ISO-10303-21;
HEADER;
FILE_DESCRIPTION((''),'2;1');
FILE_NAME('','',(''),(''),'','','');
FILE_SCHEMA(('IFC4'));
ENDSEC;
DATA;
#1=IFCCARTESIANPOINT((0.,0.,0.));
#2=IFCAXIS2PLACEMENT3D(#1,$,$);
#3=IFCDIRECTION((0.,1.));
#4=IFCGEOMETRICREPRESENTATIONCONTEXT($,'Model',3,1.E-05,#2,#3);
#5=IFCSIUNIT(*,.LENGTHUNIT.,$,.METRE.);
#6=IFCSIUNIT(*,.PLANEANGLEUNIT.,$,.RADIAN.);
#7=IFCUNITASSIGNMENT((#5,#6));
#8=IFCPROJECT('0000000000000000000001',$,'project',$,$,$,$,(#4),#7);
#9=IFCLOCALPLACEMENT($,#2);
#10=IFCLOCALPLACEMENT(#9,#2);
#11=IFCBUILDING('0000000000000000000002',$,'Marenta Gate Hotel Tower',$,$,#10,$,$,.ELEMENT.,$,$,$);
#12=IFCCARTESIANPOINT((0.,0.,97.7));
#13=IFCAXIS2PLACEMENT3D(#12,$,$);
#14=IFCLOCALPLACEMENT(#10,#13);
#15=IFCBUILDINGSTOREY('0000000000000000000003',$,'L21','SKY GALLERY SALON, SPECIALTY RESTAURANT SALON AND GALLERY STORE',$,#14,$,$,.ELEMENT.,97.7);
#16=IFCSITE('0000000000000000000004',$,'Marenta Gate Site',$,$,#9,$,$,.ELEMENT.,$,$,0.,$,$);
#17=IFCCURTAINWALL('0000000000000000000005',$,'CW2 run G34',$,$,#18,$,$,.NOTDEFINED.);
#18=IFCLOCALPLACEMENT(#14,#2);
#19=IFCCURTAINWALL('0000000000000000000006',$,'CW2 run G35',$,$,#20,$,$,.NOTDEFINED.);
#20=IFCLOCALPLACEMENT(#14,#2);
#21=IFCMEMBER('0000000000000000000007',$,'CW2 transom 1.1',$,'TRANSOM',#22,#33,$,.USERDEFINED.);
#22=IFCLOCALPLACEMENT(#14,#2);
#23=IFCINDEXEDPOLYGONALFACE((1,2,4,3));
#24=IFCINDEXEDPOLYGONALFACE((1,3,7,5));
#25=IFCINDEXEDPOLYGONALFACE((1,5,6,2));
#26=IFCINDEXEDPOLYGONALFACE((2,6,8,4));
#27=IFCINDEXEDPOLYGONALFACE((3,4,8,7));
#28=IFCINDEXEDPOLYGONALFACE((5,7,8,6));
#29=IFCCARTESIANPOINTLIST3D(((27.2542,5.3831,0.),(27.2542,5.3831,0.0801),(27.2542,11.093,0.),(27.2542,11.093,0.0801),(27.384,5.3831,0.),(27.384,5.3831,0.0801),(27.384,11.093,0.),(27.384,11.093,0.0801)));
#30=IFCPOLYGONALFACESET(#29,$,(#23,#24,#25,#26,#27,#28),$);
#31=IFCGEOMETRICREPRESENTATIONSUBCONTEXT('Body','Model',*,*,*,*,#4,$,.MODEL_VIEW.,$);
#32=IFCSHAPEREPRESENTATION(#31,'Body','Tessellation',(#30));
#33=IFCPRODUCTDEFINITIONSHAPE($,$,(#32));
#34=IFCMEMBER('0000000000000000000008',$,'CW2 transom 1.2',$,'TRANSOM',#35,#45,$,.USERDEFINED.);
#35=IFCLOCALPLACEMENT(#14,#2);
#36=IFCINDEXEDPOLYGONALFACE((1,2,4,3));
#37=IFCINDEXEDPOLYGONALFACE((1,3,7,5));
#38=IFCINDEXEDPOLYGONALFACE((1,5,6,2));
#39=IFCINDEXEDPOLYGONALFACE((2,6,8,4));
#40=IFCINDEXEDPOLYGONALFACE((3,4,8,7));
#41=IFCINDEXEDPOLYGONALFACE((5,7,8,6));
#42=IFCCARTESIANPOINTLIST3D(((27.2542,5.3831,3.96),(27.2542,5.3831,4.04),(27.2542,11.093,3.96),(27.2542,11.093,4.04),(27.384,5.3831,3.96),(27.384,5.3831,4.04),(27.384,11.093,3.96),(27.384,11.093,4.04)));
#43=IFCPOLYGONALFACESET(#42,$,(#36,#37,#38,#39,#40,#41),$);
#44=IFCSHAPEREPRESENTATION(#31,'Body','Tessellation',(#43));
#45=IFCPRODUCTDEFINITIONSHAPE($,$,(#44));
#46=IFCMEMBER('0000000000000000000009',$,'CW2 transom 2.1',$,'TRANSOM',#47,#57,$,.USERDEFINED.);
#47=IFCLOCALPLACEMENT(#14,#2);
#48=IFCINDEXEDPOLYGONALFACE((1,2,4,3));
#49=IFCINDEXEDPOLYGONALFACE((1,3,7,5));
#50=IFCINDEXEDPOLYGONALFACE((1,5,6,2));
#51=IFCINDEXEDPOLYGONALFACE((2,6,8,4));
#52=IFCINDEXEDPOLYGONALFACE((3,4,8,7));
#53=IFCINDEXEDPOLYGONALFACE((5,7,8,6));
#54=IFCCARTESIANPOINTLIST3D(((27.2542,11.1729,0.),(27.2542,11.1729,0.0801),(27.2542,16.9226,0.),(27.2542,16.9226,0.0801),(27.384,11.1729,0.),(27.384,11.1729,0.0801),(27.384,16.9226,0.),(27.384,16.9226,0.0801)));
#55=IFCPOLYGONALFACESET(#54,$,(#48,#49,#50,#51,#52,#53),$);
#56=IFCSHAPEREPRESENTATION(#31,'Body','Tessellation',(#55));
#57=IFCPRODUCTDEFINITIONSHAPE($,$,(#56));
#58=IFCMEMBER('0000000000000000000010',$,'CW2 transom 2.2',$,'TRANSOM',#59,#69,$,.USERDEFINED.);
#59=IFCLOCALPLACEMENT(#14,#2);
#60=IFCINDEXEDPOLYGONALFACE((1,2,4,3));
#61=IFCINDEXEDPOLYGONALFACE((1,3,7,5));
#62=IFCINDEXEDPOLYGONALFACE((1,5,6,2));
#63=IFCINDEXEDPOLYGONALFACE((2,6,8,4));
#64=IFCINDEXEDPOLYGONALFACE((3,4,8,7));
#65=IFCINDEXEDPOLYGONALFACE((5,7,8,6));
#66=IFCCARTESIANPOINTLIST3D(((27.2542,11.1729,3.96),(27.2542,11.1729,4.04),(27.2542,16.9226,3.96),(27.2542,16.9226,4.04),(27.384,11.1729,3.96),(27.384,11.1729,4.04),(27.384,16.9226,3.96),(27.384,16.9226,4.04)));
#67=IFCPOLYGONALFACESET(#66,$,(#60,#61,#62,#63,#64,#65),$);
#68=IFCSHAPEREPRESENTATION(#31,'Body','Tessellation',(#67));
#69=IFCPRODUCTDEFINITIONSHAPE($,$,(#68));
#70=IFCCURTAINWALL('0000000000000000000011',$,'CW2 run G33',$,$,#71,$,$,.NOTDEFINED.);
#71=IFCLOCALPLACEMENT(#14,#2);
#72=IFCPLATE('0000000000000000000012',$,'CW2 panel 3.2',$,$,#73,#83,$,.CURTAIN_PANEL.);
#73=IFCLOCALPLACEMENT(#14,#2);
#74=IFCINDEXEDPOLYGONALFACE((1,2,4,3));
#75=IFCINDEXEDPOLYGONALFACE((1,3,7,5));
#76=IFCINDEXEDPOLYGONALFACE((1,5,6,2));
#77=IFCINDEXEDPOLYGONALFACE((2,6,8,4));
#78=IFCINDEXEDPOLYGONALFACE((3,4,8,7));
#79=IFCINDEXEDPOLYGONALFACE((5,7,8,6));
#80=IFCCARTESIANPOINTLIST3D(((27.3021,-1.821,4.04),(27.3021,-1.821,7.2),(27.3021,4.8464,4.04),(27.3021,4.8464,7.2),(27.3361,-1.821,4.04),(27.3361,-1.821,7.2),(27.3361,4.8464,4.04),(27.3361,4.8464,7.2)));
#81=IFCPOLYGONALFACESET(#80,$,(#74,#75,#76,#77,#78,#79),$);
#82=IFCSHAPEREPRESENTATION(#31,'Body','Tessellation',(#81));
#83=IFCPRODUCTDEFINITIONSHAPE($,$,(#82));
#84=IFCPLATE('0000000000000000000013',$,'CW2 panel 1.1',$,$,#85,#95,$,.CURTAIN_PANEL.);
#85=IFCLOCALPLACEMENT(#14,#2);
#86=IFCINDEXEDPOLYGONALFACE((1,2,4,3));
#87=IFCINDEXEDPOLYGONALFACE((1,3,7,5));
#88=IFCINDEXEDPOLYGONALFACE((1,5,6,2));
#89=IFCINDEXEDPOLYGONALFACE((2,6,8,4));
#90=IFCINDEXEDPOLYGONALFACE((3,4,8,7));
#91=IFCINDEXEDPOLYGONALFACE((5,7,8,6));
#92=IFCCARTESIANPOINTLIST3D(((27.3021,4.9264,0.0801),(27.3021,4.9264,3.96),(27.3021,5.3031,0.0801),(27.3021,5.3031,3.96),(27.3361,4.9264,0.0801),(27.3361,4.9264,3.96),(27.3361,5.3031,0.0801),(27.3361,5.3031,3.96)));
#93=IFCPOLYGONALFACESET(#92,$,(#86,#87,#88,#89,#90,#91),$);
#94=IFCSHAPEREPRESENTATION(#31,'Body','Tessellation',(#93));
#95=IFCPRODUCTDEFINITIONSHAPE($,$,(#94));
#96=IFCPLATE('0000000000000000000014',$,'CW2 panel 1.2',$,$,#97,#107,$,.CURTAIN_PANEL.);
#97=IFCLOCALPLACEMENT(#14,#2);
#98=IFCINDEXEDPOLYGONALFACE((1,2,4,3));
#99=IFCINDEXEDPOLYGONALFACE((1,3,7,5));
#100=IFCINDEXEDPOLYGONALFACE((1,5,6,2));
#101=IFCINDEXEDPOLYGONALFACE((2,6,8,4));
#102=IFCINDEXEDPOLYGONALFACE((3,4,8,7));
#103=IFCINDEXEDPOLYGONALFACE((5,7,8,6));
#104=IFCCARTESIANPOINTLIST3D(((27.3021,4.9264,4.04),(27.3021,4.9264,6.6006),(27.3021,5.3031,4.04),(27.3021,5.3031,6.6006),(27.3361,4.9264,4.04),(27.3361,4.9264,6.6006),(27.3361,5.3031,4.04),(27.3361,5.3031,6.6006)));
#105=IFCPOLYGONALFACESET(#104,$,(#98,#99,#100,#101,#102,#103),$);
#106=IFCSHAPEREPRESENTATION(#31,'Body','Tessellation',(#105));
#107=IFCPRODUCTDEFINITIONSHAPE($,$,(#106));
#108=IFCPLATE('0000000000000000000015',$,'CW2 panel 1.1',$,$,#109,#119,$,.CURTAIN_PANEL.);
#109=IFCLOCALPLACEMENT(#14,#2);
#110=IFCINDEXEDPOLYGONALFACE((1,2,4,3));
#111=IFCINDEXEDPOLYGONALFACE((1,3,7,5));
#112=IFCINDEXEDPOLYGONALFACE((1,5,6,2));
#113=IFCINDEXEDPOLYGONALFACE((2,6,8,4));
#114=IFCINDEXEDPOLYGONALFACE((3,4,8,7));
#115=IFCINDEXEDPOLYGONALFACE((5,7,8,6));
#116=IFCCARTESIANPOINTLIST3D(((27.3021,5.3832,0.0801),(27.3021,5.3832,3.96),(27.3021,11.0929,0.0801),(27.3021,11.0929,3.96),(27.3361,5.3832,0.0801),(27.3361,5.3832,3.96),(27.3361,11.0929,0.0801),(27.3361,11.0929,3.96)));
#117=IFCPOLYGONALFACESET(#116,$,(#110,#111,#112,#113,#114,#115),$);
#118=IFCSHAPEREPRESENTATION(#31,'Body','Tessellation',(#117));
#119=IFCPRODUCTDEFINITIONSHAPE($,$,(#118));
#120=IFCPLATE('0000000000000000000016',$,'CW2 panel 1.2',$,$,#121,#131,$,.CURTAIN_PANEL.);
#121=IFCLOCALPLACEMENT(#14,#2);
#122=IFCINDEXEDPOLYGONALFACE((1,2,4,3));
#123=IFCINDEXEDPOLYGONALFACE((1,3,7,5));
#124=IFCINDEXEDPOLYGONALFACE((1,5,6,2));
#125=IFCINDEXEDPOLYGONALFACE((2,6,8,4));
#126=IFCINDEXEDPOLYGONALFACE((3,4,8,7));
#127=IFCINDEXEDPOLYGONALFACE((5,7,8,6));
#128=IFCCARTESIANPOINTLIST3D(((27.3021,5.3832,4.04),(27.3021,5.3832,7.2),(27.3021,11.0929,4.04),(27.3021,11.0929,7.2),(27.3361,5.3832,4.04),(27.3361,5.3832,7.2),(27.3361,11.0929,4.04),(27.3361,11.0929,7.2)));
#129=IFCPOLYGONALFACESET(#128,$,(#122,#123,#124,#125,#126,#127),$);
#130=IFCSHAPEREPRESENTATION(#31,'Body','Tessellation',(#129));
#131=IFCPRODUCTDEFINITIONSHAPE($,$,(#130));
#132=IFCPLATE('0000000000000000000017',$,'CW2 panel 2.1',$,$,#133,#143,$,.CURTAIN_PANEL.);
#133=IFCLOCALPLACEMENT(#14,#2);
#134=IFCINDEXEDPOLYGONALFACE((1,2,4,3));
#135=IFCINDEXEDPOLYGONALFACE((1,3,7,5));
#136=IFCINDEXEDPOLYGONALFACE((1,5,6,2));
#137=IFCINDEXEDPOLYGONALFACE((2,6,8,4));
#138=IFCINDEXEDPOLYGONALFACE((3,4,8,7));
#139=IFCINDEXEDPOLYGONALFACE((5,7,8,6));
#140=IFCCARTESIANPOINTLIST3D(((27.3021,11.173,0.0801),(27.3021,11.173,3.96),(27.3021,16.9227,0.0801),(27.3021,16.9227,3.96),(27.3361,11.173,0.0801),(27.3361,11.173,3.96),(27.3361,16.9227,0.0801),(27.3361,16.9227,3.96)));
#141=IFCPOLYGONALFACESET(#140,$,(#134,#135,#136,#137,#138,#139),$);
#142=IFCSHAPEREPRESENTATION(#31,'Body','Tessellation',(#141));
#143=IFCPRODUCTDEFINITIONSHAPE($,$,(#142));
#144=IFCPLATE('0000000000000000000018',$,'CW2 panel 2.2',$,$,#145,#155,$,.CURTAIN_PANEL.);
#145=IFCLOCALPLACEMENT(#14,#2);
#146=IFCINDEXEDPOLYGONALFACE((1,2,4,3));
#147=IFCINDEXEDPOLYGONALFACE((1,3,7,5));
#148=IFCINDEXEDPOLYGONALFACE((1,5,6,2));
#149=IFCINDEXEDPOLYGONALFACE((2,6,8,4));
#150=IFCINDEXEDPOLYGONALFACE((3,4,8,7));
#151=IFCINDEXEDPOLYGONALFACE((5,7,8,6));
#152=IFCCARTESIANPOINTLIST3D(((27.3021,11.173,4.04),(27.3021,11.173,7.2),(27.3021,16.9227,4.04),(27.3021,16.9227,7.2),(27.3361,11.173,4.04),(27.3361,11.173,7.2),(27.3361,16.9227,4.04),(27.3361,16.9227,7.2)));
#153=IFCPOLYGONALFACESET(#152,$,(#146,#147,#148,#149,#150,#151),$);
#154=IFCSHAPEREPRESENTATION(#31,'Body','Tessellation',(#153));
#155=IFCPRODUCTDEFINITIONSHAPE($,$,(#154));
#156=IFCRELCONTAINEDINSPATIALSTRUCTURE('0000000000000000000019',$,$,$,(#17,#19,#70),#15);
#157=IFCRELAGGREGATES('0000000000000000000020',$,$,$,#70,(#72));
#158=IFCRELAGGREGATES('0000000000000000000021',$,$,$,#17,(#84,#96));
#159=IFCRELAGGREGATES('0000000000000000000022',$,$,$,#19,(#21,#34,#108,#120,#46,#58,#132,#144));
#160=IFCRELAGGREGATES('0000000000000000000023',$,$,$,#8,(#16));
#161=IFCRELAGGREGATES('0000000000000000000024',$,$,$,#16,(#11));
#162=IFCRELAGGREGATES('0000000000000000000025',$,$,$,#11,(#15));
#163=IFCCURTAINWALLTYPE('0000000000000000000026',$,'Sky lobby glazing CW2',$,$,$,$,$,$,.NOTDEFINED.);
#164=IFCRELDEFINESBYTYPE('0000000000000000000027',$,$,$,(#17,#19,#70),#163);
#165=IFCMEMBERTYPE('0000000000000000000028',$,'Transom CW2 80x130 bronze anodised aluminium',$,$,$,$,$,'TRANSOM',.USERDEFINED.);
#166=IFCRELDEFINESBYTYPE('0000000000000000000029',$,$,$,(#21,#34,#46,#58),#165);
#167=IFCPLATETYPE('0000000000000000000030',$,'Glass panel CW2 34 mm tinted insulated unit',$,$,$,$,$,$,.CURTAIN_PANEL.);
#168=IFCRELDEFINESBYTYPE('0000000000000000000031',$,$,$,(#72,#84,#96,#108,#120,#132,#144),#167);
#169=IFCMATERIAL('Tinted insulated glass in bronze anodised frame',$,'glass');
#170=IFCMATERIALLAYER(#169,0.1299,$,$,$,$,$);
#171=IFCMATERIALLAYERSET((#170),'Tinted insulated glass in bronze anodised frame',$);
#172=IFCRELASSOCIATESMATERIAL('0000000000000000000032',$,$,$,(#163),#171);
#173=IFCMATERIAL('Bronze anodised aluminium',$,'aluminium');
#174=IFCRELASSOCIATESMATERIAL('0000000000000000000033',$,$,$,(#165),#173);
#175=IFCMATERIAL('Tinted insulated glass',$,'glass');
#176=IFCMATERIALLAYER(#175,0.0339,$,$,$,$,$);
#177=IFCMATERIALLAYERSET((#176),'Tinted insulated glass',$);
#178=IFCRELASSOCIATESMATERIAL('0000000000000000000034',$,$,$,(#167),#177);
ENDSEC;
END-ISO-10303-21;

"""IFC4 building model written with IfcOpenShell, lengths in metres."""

from ifc_helpers import new_model, si_unit, direction, frame, origin, origin_2d, place, context, subcontext, project, spatial, rectangle, extrude, material, layer, layer_set, material_profile, profile_set, type_object, element, aggregate, save


model = new_model("IFC4")

# Units and contexts
model_context = context("Model", 3, precision=1e-05, world=origin(), true_north=direction((0.0, 1.0)))
body_context = subcontext(model_context, "Body", "Model", "MODEL_VIEW")
ifc_project = project(units=[si_unit("LENGTHUNIT", "METRE"), si_unit("PLANEANGLEUNIT", "RADIAN")], contexts=[model_context])

# Site, building, storey
site_placement = place(None, origin())
site = spatial("IfcSite", under=ifc_project, at=site_placement, Name="Marenta Gate Site", CompositionType="ELEMENT", RefElevation=0.0)
building_placement = place(site_placement, origin())
building = spatial("IfcBuilding", under=site, at=building_placement, Name="Marenta Gate Hotel Tower", CompositionType="ELEMENT")
storey_placement = place(building_placement, frame((0.0, 0.0, 97.7)))
storey = spatial("IfcBuildingStorey", under=building, at=storey_placement, Name="L21", Description="SKY GALLERY SALON, SPECIALTY RESTAURANT SALON AND GALLERY STORE", CompositionType="ELEMENT", Elevation=97.7)

# Curtain wall
ifc_material_1 = material(Name="Tinted insulated glass in bronze anodised frame", Category="glass")
ifc_layer_1 = layer(ifc_material_1, 0.1299)
ifc_layer_set_1 = layer_set([ifc_layer_1], Name="Tinted insulated glass in bronze anodised frame")
curtain_wall_type = type_object("IfcCurtainWallType", Name="Sky lobby glazing CW2", PredefinedType="NOTDEFINED", material=ifc_layer_set_1)
curtain_wall_1_placement = place(storey_placement, origin())
curtain_wall_1 = element("IfcCurtainWall", 1, at=curtain_wall_1_placement, inside=storey, type_object=curtain_wall_type, Name="CW2 run G34", PredefinedType="NOTDEFINED")

# Curtain wall
curtain_wall_2_placement = place(storey_placement, origin())
curtain_wall_2 = element("IfcCurtainWall", 2, at=curtain_wall_2_placement, inside=storey, type_object=curtain_wall_type, Name="CW2 run G35", PredefinedType="NOTDEFINED")

# Members
ifc_material_2 = material(Name="Bronze anodised aluminium", Category="aluminium")
ifc_material_profile_1 = material_profile(ifc_material_2, rectangle(XDim=0.1299, YDim=0.0801, at=origin_2d()), Name="Transom CW2 80x130 bronze anodised aluminium")
ifc_profile_set_1 = profile_set([ifc_material_profile_1], Name="Bronze anodised aluminium")
member_type_1 = type_object("IfcMemberType", Name="Transom CW2 80x130 bronze anodised aluminium", ElementType="TRANSOM", PredefinedType="USERDEFINED", material=ifc_profile_set_1)
member_1_placement = place(storey_placement, frame((27.3191, 5.3831, 0.04), z_axis=(0.0, 1.0, 0.0), x_axis=(-1.0, 0.0, 0.0)))
member_1 = element("IfcMember", 3, at=member_1_placement, type_object=member_type_1, Name="CW2 transom 1.1", ObjectType="TRANSOM", PredefinedType="USERDEFINED", context=body_context, shape_type="SweptSolid", body=[
    extrude(rectangle(XDim=0.1299, YDim=0.0801, at=origin_2d()), origin(), (0.0, 0.0, 1.0), 5.71),
])
member_2_placement = place(storey_placement, frame((27.3191, 5.3831, 4.0), z_axis=(0.0, 1.0, 0.0), x_axis=(-1.0, 0.0, 0.0)))
member_2 = element("IfcMember", 4, at=member_2_placement, type_object=member_type_1, Name="CW2 transom 1.2", ObjectType="TRANSOM", PredefinedType="USERDEFINED", context=body_context, shape_type="SweptSolid", body=[
    extrude(rectangle(XDim=0.1299, YDim=0.0801, at=origin_2d()), origin(), (0.0, 0.0, 1.0), 5.71),
])
member_3_placement = place(storey_placement, frame((27.3191, 11.1729, 0.04), z_axis=(0.0, 1.0, 0.0), x_axis=(-1.0, 0.0, 0.0)))
member_3 = element("IfcMember", 5, at=member_3_placement, type_object=member_type_1, Name="CW2 transom 2.1", ObjectType="TRANSOM", PredefinedType="USERDEFINED", context=body_context, shape_type="SweptSolid", body=[
    extrude(rectangle(XDim=0.1299, YDim=0.0801, at=origin_2d()), origin(), (0.0, 0.0, 1.0), 5.7498),
])
member_4_placement = place(storey_placement, frame((27.3191, 11.1729, 4.0), z_axis=(0.0, 1.0, 0.0), x_axis=(-1.0, 0.0, 0.0)))
member_4 = element("IfcMember", 6, at=member_4_placement, type_object=member_type_1, Name="CW2 transom 2.2", ObjectType="TRANSOM", PredefinedType="USERDEFINED", context=body_context, shape_type="SweptSolid", body=[
    extrude(rectangle(XDim=0.1299, YDim=0.0801, at=origin_2d()), origin(), (0.0, 0.0, 1.0), 5.7498),
])

# Curtain wall, plate
curtain_wall_3_placement = place(storey_placement, origin())
curtain_wall_3 = element("IfcCurtainWall", 7, at=curtain_wall_3_placement, inside=storey, type_object=curtain_wall_type, Name="CW2 run G33", PredefinedType="NOTDEFINED")
ifc_material_3 = material(Name="Tinted insulated glass", Category="glass")
ifc_layer_2 = layer(ifc_material_3, 0.0339)
ifc_layer_set_2 = layer_set([ifc_layer_2], Name="Tinted insulated glass")
plate_type = type_object("IfcPlateType", Name="Glass panel CW2 34 mm tinted insulated unit", PredefinedType="CURTAIN_PANEL", material=ifc_layer_set_2)
plate_1_placement = place(storey_placement, frame((27.3191, 1.5127, 4.04), z_axis=(0.0, 0.0, 1.0), x_axis=(0.0, 1.0, 0.0)))
plate_1 = element("IfcPlate", 8, at=plate_1_placement, type_object=plate_type, Name="CW2 panel 3.2", PredefinedType="CURTAIN_PANEL", context=body_context, shape_type="SweptSolid", body=[
    extrude(rectangle(XDim=6.6675, YDim=0.0339, at=origin_2d()), origin(), (0.0, 0.0, 1.0), 3.1599),
])
aggregate(curtain_wall_3, [plate_1])

# Plates
plate_2_placement = place(storey_placement, frame((27.3191, 5.1147, 0.0801), z_axis=(0.0, 0.0, 1.0), x_axis=(0.0, 1.0, 0.0)))
plate_2 = element("IfcPlate", 9, at=plate_2_placement, type_object=plate_type, Name="CW2 panel 1.1", PredefinedType="CURTAIN_PANEL", context=body_context, shape_type="SweptSolid", body=[
    extrude(rectangle(XDim=0.3767, YDim=0.0339, at=origin_2d()), origin(), (0.0, 0.0, 1.0), 3.8799),
])
plate_3_placement = place(storey_placement, frame((27.3191, 5.1147, 4.04), z_axis=(0.0, 0.0, 1.0), x_axis=(0.0, 1.0, 0.0)))
plate_3 = element("IfcPlate", 10, at=plate_3_placement, type_object=plate_type, Name="CW2 panel 1.2", PredefinedType="CURTAIN_PANEL", context=body_context, shape_type="SweptSolid", body=[
    extrude(rectangle(XDim=0.3767, YDim=0.0339, at=origin_2d()), origin(), (0.0, 0.0, 1.0), 2.5605),
])
aggregate(curtain_wall_1, [plate_2, plate_3])
plate_4_placement = place(storey_placement, frame((27.3191, 8.238, 0.0801), z_axis=(0.0, 0.0, 1.0), x_axis=(0.0, 1.0, 0.0)))
plate_4 = element("IfcPlate", 11, at=plate_4_placement, type_object=plate_type, Name="CW2 panel 1.1", PredefinedType="CURTAIN_PANEL", context=body_context, shape_type="SweptSolid", body=[
    extrude(rectangle(XDim=5.7097, YDim=0.0339, at=origin_2d()), origin(), (0.0, 0.0, 1.0), 3.8799),
])
plate_5_placement = place(storey_placement, frame((27.3191, 8.238, 4.04), z_axis=(0.0, 0.0, 1.0), x_axis=(0.0, 1.0, 0.0)))
plate_5 = element("IfcPlate", 12, at=plate_5_placement, type_object=plate_type, Name="CW2 panel 1.2", PredefinedType="CURTAIN_PANEL", context=body_context, shape_type="SweptSolid", body=[
    extrude(rectangle(XDim=5.7097, YDim=0.0339, at=origin_2d()), origin(), (0.0, 0.0, 1.0), 3.1599),
])
plate_6_placement = place(storey_placement, frame((27.3191, 14.0479, 0.0801), z_axis=(0.0, 0.0, 1.0), x_axis=(0.0, 1.0, 0.0)))
plate_6 = element("IfcPlate", 13, at=plate_6_placement, type_object=plate_type, Name="CW2 panel 2.1", PredefinedType="CURTAIN_PANEL", context=body_context, shape_type="SweptSolid", body=[
    extrude(rectangle(XDim=5.7498, YDim=0.0339, at=origin_2d()), origin(), (0.0, 0.0, 1.0), 3.8799),
])
plate_7_placement = place(storey_placement, frame((27.3191, 14.0479, 4.04), z_axis=(0.0, 0.0, 1.0), x_axis=(0.0, 1.0, 0.0)))
plate_7 = element("IfcPlate", 14, at=plate_7_placement, type_object=plate_type, Name="CW2 panel 2.2", PredefinedType="CURTAIN_PANEL", context=body_context, shape_type="SweptSolid", body=[
    extrude(rectangle(XDim=5.7498, YDim=0.0339, at=origin_2d()), origin(), (0.0, 0.0, 1.0), 3.1599),
])
aggregate(curtain_wall_2, [member_1, member_2, plate_4, plate_5, member_3, member_4, plate_6, plate_7])

save(model, "model.ifc")
